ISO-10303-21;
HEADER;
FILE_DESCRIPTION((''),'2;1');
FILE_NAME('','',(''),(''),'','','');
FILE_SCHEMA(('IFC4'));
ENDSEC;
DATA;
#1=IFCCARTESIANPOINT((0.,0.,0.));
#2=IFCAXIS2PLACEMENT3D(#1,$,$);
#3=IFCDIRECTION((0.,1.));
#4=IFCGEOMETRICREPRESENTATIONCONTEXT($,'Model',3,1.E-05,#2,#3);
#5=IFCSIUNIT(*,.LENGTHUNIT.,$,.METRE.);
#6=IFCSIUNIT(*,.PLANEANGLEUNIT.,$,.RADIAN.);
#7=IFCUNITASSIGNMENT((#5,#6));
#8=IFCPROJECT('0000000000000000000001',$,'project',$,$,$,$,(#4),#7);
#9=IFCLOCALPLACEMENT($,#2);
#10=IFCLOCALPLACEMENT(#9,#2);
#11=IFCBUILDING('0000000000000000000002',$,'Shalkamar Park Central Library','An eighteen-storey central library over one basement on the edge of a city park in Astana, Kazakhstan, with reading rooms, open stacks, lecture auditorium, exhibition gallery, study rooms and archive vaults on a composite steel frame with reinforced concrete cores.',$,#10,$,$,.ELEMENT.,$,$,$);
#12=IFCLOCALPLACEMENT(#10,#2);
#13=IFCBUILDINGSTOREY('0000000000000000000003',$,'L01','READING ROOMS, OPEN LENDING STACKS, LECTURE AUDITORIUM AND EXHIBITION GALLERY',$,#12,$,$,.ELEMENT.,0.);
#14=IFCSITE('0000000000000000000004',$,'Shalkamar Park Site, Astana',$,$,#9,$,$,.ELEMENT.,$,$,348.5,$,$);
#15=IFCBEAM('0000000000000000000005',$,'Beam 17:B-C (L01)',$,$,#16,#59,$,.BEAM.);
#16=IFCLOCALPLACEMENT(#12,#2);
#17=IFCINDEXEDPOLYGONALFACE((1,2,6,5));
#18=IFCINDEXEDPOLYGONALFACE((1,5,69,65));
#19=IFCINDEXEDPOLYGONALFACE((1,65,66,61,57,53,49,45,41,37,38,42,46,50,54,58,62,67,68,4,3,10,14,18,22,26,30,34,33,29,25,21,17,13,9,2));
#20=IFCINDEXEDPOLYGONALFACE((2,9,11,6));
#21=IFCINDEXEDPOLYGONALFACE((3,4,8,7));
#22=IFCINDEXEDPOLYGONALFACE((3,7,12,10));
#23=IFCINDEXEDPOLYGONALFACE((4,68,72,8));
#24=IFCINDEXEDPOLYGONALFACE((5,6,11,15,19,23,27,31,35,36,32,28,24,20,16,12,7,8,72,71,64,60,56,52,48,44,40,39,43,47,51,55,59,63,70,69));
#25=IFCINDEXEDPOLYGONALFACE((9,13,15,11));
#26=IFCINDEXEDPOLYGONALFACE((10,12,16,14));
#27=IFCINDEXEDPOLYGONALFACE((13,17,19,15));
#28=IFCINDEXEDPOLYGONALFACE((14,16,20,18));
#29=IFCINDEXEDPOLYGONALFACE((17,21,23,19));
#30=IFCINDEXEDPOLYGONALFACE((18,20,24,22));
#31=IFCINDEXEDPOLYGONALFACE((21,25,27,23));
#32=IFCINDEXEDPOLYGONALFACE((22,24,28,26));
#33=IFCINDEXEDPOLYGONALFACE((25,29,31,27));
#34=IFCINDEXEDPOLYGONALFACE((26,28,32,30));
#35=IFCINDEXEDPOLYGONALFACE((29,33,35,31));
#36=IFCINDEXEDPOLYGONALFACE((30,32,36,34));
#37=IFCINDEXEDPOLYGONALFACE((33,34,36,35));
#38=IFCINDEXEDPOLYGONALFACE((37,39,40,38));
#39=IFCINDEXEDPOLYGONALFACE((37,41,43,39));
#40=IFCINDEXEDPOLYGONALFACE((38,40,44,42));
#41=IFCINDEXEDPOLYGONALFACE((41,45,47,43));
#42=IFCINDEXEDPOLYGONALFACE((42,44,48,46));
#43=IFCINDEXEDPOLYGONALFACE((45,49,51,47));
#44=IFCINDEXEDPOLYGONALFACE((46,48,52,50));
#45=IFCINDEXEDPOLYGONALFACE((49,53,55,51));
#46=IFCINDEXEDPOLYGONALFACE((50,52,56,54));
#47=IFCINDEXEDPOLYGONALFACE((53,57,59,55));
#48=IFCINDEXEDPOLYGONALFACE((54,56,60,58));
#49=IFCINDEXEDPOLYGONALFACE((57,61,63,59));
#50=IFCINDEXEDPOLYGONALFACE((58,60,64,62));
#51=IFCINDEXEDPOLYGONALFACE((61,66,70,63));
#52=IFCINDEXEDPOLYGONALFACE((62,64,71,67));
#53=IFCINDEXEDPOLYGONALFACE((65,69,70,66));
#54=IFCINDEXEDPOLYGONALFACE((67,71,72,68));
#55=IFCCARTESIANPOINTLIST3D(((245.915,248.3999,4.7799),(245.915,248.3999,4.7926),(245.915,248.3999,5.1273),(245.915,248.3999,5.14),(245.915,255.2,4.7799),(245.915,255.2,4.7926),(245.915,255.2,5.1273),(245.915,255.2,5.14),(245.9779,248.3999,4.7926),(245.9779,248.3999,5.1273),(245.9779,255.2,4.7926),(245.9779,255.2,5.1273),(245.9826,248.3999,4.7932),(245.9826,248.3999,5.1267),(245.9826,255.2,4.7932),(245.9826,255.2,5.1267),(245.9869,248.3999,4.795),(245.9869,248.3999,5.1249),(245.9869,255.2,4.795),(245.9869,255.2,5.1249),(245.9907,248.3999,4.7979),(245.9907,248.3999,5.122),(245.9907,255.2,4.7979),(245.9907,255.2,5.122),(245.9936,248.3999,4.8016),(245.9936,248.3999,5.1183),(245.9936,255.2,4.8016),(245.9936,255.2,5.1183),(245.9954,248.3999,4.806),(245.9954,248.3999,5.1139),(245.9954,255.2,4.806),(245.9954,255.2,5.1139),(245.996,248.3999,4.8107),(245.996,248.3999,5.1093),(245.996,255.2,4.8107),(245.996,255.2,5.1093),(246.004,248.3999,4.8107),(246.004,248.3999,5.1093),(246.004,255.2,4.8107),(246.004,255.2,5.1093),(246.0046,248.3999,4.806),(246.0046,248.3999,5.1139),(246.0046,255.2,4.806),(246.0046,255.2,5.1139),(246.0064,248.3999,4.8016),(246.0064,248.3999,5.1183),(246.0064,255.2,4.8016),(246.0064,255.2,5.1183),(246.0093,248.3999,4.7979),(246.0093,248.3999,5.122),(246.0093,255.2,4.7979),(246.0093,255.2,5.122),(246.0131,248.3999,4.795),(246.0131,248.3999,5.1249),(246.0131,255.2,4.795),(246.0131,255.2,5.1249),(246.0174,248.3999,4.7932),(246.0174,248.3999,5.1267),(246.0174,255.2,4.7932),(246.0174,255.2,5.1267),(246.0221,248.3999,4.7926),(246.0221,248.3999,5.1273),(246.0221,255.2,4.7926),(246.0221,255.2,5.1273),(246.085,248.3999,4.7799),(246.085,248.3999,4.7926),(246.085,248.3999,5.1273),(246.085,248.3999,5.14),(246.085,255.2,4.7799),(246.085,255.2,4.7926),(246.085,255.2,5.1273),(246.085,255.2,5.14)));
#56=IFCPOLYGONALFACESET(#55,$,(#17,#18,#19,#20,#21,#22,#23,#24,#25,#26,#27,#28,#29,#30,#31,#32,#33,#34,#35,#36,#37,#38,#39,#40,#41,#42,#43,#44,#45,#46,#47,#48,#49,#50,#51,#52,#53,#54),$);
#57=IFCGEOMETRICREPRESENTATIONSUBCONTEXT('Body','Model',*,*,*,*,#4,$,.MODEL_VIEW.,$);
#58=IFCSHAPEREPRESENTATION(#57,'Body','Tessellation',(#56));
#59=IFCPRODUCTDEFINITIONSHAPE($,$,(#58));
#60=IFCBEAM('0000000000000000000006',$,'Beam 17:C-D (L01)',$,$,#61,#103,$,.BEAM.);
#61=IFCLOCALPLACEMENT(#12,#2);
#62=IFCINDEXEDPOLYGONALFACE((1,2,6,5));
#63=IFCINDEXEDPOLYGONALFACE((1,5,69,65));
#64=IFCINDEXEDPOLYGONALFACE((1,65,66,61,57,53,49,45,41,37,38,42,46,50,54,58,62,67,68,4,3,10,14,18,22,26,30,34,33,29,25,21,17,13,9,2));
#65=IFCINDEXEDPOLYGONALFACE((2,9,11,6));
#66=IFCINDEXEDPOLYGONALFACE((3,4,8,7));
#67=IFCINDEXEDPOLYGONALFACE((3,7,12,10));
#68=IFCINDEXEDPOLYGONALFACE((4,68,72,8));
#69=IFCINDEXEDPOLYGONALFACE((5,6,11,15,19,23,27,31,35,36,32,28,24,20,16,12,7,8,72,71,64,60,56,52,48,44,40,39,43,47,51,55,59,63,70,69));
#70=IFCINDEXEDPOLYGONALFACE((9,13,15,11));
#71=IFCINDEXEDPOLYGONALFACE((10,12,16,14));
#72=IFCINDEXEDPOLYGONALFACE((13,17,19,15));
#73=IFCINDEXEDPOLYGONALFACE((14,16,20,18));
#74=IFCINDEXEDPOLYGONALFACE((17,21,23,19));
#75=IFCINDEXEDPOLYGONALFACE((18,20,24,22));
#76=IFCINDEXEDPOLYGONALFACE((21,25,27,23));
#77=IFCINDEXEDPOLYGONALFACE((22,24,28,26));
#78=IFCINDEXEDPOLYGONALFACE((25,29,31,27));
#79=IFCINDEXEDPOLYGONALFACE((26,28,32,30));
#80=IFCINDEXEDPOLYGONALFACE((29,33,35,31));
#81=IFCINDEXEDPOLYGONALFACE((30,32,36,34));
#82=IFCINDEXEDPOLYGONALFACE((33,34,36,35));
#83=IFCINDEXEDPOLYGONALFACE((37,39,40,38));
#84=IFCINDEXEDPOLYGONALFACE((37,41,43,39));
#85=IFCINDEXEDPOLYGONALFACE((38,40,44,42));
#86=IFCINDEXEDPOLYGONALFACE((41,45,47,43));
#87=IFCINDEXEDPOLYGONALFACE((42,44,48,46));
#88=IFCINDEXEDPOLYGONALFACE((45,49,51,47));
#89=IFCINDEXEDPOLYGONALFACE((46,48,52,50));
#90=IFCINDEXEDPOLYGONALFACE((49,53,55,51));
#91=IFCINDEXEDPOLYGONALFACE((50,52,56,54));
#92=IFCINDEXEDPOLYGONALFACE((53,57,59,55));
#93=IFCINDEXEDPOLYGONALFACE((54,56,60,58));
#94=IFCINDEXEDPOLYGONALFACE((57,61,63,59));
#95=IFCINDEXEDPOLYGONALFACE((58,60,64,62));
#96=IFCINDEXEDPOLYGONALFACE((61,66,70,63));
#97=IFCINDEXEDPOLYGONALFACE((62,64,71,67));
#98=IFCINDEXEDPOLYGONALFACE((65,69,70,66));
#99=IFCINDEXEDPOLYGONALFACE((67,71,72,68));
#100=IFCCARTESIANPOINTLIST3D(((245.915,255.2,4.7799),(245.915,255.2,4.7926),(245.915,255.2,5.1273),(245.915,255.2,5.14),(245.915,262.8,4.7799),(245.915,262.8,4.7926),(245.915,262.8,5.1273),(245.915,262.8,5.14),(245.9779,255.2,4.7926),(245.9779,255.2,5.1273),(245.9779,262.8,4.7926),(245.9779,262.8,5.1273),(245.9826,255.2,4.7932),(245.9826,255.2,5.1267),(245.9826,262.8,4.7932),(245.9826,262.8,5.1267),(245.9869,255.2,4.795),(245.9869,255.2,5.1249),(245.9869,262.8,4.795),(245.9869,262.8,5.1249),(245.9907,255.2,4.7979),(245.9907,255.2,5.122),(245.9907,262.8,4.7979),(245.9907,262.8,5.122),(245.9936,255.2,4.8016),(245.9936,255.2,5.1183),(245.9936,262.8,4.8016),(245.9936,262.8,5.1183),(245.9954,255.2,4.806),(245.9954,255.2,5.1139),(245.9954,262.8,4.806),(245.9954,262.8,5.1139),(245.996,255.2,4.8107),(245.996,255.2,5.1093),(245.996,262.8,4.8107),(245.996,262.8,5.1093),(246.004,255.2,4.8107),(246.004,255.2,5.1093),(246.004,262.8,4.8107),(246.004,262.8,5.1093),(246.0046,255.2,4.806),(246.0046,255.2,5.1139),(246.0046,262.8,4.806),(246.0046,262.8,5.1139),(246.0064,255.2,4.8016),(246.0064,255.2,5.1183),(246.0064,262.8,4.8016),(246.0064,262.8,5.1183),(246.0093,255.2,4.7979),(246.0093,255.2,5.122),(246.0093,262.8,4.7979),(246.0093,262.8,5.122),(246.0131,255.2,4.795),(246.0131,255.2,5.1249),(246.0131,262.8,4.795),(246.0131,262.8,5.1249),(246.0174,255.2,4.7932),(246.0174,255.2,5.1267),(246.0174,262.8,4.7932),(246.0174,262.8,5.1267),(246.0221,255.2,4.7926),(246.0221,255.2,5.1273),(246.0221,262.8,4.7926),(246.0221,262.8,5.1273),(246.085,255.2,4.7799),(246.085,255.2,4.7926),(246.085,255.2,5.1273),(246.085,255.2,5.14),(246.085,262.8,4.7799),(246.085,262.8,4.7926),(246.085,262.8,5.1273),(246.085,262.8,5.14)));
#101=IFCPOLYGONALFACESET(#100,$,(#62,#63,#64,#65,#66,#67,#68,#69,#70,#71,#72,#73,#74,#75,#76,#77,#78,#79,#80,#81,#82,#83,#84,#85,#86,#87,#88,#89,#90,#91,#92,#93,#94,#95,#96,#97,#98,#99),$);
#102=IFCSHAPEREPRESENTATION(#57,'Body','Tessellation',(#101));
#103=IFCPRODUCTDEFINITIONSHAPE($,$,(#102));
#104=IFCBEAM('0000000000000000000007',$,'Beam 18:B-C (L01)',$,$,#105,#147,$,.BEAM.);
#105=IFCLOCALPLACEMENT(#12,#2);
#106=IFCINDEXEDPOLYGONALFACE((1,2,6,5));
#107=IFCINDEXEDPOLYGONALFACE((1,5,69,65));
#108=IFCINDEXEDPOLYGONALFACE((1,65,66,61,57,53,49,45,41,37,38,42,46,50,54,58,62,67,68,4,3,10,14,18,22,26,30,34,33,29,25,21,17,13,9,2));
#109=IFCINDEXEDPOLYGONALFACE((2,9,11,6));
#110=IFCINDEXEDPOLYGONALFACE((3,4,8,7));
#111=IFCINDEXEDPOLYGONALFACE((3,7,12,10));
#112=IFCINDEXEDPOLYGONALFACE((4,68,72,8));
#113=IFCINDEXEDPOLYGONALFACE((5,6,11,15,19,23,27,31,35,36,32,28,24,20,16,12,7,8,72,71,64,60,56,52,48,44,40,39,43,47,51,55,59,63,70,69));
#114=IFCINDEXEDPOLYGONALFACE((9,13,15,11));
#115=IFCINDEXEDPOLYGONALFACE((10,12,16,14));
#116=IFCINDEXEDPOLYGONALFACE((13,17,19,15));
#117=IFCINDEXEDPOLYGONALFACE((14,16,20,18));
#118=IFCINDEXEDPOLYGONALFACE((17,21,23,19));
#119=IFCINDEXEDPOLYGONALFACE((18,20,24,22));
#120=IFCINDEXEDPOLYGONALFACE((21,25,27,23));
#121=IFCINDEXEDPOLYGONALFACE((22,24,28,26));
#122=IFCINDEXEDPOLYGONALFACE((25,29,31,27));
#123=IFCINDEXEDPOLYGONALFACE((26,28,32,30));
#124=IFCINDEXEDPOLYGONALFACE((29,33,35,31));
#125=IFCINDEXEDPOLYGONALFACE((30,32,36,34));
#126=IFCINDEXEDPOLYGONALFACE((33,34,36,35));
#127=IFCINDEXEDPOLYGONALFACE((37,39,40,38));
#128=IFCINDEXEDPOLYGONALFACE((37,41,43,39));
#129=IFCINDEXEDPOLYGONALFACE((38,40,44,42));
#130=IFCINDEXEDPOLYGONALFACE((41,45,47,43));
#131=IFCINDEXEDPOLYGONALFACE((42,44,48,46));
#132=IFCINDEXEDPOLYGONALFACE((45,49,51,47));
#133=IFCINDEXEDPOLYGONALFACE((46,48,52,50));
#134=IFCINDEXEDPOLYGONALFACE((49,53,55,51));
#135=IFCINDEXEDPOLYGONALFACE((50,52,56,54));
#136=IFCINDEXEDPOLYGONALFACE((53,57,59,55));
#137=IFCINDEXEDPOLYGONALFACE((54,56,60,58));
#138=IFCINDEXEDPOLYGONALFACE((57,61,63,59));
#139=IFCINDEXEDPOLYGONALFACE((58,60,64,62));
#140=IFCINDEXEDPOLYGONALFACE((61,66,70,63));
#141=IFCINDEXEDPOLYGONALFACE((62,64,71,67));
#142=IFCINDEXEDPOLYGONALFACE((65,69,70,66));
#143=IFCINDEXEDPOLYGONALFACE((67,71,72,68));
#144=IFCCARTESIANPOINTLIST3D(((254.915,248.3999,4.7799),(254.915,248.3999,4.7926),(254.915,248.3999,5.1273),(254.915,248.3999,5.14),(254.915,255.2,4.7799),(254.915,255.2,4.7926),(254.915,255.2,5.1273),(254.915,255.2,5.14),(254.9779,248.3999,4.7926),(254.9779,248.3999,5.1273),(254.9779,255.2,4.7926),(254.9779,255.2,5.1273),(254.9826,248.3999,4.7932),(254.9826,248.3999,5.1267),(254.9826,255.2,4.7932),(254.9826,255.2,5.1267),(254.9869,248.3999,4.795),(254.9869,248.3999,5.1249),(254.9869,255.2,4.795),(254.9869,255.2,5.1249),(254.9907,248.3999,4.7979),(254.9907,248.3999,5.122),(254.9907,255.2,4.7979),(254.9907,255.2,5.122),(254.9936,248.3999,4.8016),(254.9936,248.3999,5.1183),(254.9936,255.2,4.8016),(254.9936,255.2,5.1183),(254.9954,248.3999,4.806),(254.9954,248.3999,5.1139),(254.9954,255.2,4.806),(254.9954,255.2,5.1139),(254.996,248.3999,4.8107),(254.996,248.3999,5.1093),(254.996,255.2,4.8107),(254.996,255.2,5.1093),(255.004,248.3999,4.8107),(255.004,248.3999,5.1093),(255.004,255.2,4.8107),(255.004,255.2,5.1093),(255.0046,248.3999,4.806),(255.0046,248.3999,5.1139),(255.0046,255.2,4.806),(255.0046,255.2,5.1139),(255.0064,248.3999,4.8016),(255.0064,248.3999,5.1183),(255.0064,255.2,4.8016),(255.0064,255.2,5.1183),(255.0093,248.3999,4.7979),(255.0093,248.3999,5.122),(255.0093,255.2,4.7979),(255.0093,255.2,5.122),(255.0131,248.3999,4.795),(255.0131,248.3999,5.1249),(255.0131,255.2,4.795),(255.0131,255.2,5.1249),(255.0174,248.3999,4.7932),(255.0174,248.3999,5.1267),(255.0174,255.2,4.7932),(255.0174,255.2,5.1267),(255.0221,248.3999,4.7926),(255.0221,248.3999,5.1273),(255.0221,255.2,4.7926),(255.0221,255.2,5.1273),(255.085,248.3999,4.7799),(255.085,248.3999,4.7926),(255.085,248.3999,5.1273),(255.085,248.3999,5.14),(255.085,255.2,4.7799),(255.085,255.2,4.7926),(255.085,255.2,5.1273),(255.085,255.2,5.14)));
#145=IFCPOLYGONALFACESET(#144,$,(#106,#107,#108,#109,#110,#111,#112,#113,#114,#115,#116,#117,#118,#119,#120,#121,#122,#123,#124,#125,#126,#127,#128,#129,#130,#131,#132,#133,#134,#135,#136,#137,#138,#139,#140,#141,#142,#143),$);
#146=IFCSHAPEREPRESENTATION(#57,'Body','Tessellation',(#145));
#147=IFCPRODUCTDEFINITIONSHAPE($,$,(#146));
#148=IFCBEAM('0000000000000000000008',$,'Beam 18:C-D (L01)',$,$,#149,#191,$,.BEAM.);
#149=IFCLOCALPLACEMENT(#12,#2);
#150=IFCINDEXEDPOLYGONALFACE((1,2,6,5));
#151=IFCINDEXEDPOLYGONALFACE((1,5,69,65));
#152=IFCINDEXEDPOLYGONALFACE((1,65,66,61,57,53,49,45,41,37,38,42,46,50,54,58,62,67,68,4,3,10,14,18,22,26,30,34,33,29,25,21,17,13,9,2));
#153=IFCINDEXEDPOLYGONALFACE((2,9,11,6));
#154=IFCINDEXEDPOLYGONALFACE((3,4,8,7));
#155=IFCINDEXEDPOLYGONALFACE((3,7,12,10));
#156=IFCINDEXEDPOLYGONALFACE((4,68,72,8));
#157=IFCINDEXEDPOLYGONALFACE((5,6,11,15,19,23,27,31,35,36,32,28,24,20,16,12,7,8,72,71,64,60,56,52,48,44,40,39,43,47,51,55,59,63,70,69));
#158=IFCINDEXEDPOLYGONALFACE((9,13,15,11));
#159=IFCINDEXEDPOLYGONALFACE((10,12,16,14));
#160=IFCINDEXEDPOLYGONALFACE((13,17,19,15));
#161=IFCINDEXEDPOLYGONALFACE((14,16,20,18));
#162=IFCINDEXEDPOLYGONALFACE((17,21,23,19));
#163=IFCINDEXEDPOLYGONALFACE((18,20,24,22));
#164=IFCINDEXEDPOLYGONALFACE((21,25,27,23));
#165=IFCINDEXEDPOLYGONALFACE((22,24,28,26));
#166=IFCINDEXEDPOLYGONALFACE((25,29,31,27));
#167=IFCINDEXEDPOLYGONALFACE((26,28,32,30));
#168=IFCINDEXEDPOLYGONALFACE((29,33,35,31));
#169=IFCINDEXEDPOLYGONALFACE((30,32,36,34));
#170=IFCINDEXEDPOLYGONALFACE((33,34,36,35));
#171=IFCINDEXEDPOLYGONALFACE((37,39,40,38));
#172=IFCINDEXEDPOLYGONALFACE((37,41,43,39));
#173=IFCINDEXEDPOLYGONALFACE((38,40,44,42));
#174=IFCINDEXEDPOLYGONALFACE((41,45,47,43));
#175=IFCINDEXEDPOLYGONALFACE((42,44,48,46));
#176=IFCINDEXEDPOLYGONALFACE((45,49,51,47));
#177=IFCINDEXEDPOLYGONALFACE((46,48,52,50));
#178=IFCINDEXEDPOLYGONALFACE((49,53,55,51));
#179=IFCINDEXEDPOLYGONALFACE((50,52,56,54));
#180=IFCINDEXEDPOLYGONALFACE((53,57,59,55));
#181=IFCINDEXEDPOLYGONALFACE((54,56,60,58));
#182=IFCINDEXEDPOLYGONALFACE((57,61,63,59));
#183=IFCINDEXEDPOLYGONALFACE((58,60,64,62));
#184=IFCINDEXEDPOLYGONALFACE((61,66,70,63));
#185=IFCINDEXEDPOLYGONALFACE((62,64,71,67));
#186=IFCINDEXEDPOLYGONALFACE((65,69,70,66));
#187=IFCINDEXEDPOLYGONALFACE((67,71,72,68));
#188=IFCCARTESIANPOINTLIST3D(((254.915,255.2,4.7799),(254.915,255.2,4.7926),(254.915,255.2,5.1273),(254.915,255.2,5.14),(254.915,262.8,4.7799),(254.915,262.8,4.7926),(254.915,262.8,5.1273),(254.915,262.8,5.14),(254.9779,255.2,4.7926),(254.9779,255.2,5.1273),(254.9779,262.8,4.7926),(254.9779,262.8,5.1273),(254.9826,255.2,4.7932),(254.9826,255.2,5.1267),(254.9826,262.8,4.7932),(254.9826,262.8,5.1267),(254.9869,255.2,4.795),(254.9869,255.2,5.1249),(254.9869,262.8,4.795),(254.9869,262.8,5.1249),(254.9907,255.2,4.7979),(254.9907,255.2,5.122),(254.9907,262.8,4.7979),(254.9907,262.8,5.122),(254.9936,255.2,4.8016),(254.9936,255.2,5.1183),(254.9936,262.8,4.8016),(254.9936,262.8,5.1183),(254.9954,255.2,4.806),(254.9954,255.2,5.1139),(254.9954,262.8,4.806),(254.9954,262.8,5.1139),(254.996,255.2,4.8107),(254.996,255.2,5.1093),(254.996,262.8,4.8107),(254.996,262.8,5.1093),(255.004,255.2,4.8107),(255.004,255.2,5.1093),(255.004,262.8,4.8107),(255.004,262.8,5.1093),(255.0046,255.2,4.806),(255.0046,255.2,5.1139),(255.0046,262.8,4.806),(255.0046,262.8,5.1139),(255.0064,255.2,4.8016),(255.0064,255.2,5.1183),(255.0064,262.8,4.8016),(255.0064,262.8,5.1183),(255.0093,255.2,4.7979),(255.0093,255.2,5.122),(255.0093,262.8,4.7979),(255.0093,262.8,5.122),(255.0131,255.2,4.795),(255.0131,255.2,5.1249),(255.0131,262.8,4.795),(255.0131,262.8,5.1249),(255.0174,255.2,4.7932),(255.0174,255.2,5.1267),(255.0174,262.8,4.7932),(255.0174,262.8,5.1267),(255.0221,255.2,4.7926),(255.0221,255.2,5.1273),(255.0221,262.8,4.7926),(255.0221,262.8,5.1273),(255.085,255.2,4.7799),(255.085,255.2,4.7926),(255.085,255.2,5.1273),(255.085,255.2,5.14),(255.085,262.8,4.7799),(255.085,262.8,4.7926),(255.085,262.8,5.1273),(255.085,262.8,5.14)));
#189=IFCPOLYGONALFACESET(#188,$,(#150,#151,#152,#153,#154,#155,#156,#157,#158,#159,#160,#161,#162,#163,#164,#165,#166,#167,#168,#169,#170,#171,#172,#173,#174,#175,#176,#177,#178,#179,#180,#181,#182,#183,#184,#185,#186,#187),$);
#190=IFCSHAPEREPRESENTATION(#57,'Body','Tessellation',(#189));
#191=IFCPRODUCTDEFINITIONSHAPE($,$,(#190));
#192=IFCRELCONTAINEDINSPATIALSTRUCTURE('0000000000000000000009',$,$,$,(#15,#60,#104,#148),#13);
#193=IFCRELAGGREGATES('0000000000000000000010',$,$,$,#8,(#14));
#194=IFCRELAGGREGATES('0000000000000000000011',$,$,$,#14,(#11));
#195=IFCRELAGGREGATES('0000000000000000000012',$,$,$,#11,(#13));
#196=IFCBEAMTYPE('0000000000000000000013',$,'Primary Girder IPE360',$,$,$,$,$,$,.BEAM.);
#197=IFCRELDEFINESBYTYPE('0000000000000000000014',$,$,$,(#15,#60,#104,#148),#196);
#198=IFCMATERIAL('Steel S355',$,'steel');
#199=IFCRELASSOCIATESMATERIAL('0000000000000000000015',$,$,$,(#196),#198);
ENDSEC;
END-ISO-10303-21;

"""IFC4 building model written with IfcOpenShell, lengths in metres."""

from ifc_helpers import new_model, si_unit, direction, frame, origin, origin_2d, place, context, subcontext, project, spatial, i_section, extrude, material, material_profile, profile_set, type_object, element, save


model = new_model("IFC4")

# Units and contexts
model_context = context("Model", 3, precision=1e-05, world=origin(), true_north=direction((0.0, 1.0)))
body_context = subcontext(model_context, "Body", "Model", "MODEL_VIEW")
ifc_project = project(units=[si_unit("LENGTHUNIT", "METRE"), si_unit("PLANEANGLEUNIT", "RADIAN")], contexts=[model_context])

# Site, building, storey
site_placement = place(None, origin())
site = spatial("IfcSite", under=ifc_project, at=site_placement, Name="Shalkamar Park Site, Astana", CompositionType="ELEMENT", RefElevation=348.5)
building_placement = place(site_placement, origin())
building = spatial("IfcBuilding", under=site, at=building_placement, Name="Shalkamar Park Central Library", Description="An eighteen-storey central library over one basement on the edge of a city park in Astana, Kazakhstan, with reading rooms, open stacks, lecture auditorium, exhibition gallery, study rooms and archive vaults on a composite steel frame with reinforced concrete cores.", CompositionType="ELEMENT")
storey_placement = place(building_placement, origin())
storey = spatial("IfcBuildingStorey", under=building, at=storey_placement, Name="L01", Description="READING ROOMS, OPEN LENDING STACKS, LECTURE AUDITORIUM AND EXHIBITION GALLERY", CompositionType="ELEMENT", Elevation=0.0)

# Shared definitions
ifc_material_1 = material(Name="Steel S355", Category="steel")

# Beams
ifc_material_profile_1 = material_profile(ifc_material_1, i_section(OverallWidth=0.1699, OverallDepth=0.3601, WebThickness=0.0081, FlangeThickness=0.0127, FilletRadius=0.0181, at=origin_2d()), Name="IPE 360")
ifc_profile_set_1 = profile_set([ifc_material_profile_1], Name="Steel S355")
beam_type_1 = type_object("IfcBeamType", Name="Primary Girder IPE360", PredefinedType="BEAM", material=ifc_profile_set_1)
beam_1_placement = place(storey_placement, frame((246.0, 248.3999, 4.96), z_axis=(0.0, 1.0, 0.0), x_axis=(-1.0, 0.0, 0.0)))
element("IfcBeam", 1, at=beam_1_placement, inside=storey, type_object=beam_type_1, Name="Beam 17:B-C (L01)", PredefinedType="BEAM", context=body_context, shape_type="SweptSolid", body=[
    extrude(i_section(OverallWidth=0.1699, OverallDepth=0.3601, WebThickness=0.0081, FlangeThickness=0.0127, FilletRadius=0.0181, at=origin_2d()), origin(), (0.0, 0.0, 1.0), 6.8),
])
beam_2_placement = place(storey_placement, frame((246.0, 255.2, 4.96), z_axis=(0.0, 1.0, 0.0), x_axis=(-1.0, 0.0, 0.0)))
element("IfcBeam", 2, at=beam_2_placement, inside=storey, type_object=beam_type_1, Name="Beam 17:C-D (L01)", PredefinedType="BEAM", context=body_context, shape_type="SweptSolid", body=[
    extrude(i_section(OverallWidth=0.1699, OverallDepth=0.3601, WebThickness=0.0081, FlangeThickness=0.0127, FilletRadius=0.0181, at=origin_2d()), origin(), (0.0, 0.0, 1.0), 7.6001),
])
beam_3_placement = place(storey_placement, frame((255.0, 248.3999, 4.96), z_axis=(0.0, 1.0, 0.0), x_axis=(-1.0, 0.0, 0.0)))
element("IfcBeam", 3, at=beam_3_placement, inside=storey, type_object=beam_type_1, Name="Beam 18:B-C (L01)", PredefinedType="BEAM", context=body_context, shape_type="SweptSolid", body=[
    extrude(i_section(OverallWidth=0.1699, OverallDepth=0.3601, WebThickness=0.0081, FlangeThickness=0.0127, FilletRadius=0.0181, at=origin_2d()), origin(), (0.0, 0.0, 1.0), 6.8),
])
beam_4_placement = place(storey_placement, frame((255.0, 255.2, 4.96), z_axis=(0.0, 1.0, 0.0), x_axis=(-1.0, 0.0, 0.0)))
element("IfcBeam", 4, at=beam_4_placement, inside=storey, type_object=beam_type_1, Name="Beam 18:C-D (L01)", PredefinedType="BEAM", context=body_context, shape_type="SweptSolid", body=[
    extrude(i_section(OverallWidth=0.1699, OverallDepth=0.3601, WebThickness=0.0081, FlangeThickness=0.0127, FilletRadius=0.0181, at=origin_2d()), origin(), (0.0, 0.0, 1.0), 7.6001),
])

save(model, "model.ifc")
